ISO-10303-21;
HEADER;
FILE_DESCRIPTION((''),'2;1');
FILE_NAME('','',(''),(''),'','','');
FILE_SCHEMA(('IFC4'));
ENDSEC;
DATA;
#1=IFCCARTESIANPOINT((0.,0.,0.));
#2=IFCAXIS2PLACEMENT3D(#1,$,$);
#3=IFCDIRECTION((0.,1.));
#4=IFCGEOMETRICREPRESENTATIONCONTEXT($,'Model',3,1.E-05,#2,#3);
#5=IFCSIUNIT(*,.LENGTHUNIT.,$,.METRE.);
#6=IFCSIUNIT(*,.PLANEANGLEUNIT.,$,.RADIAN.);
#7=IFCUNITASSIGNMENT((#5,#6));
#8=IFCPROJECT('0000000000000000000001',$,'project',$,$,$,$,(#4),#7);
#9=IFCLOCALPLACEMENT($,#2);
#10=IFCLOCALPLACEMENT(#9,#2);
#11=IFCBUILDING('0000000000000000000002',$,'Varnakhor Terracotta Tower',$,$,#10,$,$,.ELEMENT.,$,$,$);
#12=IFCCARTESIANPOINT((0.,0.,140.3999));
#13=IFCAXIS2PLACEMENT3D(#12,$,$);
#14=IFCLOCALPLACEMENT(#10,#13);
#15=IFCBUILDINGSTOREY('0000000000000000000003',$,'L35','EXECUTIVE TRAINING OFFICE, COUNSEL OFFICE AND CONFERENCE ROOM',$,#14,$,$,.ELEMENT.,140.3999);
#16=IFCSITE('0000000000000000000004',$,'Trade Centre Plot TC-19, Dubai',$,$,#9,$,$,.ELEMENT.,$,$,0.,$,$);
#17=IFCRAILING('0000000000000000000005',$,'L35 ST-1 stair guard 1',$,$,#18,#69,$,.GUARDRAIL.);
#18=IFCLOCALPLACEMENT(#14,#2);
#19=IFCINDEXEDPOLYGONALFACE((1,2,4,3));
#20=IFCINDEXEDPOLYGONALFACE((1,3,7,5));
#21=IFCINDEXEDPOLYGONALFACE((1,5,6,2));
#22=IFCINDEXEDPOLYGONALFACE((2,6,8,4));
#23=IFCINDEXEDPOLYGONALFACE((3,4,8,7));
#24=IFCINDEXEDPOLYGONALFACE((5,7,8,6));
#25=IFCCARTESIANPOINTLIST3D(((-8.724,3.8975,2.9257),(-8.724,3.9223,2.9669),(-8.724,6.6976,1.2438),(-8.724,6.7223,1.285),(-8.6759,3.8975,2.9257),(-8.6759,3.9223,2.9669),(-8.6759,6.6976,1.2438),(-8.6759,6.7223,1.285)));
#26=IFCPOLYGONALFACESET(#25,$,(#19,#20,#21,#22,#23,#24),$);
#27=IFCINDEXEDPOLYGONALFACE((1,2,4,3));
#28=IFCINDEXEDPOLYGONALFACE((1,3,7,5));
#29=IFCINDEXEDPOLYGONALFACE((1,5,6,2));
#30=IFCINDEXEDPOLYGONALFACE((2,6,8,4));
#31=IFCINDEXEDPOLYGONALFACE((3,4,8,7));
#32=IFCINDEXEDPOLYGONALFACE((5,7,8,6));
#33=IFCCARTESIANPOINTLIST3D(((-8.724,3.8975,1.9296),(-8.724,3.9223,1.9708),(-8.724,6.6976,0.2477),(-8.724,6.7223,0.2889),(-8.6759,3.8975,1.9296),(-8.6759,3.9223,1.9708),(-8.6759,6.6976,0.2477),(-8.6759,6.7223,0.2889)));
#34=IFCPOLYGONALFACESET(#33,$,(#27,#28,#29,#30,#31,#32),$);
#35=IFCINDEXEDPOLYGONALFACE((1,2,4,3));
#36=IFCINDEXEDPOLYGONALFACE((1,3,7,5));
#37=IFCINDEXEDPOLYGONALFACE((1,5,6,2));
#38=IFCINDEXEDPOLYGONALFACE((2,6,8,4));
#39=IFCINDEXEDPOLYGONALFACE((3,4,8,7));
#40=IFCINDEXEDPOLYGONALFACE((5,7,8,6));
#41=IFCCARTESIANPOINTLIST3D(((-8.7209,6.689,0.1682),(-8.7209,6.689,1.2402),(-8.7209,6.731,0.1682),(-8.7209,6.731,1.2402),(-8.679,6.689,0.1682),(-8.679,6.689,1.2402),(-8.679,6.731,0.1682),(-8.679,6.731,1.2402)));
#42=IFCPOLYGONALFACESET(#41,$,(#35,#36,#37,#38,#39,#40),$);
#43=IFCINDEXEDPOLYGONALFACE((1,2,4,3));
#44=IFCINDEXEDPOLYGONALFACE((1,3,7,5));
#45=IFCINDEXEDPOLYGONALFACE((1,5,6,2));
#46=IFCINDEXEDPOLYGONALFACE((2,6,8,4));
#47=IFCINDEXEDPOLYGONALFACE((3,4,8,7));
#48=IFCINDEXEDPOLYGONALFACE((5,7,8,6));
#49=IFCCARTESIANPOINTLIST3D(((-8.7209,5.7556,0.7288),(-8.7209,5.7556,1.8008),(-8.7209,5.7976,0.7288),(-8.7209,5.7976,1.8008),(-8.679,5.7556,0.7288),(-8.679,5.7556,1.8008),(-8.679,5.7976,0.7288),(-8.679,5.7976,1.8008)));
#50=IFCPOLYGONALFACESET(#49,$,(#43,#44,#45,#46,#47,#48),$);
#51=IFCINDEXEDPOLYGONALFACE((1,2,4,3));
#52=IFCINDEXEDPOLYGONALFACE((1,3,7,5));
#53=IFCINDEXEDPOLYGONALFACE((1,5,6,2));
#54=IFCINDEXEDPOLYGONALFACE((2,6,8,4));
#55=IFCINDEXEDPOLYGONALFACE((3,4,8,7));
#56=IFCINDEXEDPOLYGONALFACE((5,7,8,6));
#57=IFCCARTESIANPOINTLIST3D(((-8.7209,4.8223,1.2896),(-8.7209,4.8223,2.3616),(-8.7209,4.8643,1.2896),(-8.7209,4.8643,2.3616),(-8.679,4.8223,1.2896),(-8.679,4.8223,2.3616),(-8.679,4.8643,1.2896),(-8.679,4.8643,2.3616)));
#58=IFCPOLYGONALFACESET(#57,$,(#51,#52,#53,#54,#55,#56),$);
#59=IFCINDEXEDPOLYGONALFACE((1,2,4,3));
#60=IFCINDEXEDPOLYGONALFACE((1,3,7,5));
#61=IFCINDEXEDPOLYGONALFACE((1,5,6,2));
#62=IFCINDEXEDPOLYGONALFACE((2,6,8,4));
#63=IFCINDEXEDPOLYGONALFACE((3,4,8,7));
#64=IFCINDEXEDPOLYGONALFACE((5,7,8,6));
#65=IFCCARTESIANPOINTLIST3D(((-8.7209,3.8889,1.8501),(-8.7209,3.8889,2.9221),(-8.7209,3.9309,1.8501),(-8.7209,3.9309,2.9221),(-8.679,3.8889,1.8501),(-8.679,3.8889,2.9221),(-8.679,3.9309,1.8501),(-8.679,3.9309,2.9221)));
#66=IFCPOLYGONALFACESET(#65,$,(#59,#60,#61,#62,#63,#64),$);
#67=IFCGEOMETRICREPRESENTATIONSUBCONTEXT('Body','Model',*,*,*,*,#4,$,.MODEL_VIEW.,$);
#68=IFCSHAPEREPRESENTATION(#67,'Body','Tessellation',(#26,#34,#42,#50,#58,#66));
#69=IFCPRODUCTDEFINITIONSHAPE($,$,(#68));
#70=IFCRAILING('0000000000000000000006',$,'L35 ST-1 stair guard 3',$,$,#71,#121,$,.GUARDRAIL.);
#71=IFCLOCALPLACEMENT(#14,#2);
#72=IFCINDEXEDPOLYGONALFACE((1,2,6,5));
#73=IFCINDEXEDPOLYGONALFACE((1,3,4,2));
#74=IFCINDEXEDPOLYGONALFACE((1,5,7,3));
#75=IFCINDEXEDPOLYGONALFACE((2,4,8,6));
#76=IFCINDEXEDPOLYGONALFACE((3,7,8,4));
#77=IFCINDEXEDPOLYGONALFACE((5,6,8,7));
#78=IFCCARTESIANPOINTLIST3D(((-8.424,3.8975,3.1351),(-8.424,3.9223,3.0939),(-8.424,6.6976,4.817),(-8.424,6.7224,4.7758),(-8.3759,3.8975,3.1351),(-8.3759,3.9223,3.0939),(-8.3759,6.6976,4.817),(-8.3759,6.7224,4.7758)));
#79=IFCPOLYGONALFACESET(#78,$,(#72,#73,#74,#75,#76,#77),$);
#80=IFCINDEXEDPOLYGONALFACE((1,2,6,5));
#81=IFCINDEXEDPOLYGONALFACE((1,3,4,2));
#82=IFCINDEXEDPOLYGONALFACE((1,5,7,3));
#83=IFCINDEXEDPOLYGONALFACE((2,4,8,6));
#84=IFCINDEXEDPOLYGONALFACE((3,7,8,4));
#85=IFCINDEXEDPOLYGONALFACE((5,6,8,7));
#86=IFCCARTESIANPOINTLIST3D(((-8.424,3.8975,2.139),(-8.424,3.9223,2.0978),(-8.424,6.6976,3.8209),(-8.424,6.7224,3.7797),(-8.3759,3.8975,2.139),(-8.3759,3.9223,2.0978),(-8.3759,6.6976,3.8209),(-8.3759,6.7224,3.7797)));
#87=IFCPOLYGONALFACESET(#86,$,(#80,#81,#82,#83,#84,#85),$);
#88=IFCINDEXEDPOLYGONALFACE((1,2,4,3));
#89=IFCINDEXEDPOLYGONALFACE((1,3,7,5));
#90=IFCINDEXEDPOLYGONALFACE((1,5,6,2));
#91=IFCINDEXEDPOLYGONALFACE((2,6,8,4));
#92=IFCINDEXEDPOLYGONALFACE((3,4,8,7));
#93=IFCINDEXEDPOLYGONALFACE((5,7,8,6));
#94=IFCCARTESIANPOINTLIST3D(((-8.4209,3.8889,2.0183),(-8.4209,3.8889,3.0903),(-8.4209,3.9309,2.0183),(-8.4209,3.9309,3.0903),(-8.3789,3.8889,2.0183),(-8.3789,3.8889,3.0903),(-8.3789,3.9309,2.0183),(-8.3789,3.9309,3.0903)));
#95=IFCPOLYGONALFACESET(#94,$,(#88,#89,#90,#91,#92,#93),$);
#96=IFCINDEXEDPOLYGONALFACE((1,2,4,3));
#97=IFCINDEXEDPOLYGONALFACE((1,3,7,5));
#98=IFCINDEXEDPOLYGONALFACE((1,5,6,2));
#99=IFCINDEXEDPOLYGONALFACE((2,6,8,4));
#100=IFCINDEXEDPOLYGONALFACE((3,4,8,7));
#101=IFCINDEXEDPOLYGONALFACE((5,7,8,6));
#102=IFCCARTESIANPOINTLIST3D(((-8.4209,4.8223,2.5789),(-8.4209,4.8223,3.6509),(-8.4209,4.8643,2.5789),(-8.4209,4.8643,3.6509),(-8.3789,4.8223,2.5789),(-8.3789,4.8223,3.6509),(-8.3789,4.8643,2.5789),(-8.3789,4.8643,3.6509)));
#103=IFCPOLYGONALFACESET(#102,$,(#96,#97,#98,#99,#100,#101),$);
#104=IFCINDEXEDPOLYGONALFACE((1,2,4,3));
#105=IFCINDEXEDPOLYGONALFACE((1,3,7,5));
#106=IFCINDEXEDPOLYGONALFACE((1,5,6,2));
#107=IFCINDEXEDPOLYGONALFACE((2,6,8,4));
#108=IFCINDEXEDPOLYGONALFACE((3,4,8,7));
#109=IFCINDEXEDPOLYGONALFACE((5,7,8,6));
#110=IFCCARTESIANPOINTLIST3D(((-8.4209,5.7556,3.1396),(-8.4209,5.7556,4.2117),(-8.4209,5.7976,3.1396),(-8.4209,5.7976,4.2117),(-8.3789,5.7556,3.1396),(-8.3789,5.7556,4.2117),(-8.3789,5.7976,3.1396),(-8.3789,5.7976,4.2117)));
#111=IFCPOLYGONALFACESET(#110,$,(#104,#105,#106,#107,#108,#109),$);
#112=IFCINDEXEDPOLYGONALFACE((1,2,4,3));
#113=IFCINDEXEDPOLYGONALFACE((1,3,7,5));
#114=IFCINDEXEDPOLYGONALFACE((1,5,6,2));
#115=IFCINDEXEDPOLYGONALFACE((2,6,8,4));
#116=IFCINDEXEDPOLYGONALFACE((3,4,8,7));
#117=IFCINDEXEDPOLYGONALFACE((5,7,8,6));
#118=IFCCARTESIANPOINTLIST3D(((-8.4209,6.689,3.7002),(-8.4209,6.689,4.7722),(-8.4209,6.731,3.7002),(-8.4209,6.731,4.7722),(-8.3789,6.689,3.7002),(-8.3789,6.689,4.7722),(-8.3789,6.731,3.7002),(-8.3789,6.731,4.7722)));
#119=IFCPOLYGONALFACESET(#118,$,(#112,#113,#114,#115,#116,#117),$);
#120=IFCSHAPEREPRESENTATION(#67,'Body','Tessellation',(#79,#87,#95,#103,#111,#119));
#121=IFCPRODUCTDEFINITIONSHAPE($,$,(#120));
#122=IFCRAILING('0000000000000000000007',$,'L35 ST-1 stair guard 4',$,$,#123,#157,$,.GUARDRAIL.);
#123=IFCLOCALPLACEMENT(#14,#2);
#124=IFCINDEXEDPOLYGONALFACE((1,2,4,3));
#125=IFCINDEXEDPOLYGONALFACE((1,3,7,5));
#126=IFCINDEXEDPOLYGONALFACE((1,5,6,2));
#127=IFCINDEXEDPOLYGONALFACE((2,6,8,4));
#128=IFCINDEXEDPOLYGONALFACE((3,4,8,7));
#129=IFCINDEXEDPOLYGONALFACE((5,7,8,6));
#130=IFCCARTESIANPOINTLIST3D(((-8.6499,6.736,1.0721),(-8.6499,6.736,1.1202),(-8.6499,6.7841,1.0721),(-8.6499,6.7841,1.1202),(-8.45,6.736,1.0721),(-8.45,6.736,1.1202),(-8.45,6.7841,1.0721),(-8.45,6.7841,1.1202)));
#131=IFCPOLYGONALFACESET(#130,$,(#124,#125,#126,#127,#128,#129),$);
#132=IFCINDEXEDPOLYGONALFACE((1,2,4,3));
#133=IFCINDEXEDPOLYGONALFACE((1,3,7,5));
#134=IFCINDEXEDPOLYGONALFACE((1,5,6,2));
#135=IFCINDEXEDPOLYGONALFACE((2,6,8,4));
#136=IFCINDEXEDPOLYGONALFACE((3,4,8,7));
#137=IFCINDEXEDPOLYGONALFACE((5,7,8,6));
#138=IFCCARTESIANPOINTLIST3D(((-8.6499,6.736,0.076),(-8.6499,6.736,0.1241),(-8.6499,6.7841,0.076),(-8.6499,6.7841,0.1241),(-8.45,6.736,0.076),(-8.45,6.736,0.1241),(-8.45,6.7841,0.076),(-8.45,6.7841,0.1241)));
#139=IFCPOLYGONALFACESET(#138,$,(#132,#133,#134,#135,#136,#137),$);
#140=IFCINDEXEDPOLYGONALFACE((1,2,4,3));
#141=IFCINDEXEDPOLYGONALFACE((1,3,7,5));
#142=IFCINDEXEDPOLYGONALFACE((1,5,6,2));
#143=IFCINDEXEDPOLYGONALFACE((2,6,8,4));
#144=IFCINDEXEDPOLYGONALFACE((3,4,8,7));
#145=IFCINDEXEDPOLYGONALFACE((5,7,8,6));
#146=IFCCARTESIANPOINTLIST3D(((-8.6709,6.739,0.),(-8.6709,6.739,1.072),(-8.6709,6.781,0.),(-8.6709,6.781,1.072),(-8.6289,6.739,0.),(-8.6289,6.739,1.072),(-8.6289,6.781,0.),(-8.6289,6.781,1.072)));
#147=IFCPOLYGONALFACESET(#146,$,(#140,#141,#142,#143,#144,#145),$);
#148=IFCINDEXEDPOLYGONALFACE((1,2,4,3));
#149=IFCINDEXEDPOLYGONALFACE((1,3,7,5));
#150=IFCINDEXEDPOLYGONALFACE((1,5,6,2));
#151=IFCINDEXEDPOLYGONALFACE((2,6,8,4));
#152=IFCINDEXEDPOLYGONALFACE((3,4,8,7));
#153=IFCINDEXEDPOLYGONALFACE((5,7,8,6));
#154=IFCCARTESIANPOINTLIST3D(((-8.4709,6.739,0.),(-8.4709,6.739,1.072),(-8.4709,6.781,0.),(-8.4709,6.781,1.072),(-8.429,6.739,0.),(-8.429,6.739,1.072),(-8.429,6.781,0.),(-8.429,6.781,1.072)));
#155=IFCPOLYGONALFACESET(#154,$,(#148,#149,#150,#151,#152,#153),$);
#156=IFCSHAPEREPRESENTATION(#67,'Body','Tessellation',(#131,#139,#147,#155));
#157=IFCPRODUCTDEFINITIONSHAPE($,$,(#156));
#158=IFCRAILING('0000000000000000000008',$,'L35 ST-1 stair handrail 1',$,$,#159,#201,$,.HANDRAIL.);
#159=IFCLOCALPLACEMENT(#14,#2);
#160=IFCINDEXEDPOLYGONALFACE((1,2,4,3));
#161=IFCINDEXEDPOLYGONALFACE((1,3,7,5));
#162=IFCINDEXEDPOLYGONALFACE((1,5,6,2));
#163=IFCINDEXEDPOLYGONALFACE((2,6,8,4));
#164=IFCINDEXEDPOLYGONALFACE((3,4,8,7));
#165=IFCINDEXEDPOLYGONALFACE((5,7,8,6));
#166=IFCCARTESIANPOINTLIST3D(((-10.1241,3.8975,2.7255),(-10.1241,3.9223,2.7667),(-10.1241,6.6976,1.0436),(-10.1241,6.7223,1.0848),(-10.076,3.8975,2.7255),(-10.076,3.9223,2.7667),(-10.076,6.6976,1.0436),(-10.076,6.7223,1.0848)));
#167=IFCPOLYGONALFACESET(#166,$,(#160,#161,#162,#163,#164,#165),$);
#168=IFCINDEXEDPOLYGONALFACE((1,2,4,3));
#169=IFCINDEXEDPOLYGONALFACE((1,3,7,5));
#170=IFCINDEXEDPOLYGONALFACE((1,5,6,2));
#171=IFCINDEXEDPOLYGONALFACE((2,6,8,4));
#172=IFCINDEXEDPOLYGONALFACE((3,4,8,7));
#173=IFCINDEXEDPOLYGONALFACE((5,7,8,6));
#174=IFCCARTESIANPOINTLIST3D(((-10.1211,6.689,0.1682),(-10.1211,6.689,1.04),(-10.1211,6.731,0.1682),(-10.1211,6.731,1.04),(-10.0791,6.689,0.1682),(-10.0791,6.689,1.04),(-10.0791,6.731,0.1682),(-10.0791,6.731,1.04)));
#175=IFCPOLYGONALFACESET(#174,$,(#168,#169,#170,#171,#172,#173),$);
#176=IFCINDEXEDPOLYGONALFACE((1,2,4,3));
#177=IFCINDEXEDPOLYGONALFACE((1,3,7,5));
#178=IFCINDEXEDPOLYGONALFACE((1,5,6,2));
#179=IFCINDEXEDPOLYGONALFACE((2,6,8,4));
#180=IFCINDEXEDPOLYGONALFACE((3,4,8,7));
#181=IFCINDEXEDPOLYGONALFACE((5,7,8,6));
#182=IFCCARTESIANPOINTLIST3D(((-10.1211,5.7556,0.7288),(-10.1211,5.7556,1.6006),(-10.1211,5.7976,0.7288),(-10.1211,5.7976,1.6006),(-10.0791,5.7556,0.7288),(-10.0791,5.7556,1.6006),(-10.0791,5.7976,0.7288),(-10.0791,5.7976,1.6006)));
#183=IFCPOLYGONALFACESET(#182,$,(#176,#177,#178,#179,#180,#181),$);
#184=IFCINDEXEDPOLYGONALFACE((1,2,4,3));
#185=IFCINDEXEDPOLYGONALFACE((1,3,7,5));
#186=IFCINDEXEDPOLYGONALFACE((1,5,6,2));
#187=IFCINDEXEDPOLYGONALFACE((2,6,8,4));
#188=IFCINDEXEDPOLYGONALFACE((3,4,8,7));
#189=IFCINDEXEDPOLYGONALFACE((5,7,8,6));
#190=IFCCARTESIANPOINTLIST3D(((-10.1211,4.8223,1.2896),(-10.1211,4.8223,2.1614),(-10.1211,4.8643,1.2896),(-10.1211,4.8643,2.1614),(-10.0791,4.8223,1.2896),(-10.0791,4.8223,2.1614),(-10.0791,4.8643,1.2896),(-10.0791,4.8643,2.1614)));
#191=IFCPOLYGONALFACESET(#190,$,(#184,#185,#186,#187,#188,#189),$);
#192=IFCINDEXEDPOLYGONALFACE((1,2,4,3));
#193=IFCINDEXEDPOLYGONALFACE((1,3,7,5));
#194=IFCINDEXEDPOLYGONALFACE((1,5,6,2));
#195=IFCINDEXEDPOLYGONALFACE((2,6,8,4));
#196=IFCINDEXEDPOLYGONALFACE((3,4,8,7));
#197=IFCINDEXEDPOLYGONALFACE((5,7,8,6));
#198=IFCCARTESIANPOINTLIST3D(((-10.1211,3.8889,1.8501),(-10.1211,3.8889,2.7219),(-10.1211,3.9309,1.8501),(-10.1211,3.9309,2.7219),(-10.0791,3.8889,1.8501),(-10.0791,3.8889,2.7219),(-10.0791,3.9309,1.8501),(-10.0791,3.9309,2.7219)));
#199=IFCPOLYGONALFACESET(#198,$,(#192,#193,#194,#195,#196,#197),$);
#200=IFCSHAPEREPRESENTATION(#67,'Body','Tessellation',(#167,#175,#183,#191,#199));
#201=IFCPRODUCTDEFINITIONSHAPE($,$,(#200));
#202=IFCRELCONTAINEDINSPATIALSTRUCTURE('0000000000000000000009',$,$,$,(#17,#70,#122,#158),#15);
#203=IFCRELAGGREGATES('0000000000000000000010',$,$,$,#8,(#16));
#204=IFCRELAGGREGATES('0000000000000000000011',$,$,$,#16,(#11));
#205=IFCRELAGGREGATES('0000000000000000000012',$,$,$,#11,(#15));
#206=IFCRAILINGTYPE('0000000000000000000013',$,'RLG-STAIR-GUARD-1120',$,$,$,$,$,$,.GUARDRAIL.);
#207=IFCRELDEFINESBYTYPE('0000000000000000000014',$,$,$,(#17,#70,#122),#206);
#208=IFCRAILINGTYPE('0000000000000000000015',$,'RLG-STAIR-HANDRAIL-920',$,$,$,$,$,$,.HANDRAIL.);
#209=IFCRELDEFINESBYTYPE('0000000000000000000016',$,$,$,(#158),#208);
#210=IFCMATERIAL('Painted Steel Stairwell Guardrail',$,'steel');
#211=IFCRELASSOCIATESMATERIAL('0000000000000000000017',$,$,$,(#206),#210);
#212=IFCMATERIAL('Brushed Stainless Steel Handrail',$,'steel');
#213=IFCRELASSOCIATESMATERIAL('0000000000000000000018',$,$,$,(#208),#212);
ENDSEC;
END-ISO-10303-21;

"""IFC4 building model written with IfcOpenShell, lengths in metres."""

from ifc_helpers import new_model, si_unit, direction, frame, origin, origin_2d, place, context, subcontext, project, spatial, rectangle, extrude, material, type_object, element, save


model = new_model("IFC4")

# Units and contexts
model_context = context("Model", 3, precision=1e-05, world=origin(), true_north=direction((0.0, 1.0)))
body_context = subcontext(model_context, "Body", "Model", "MODEL_VIEW")
ifc_project = project(units=[si_unit("LENGTHUNIT", "METRE"), si_unit("PLANEANGLEUNIT", "RADIAN")], contexts=[model_context])

# Site, building, storey
site_placement = place(None, origin())
site = spatial("IfcSite", under=ifc_project, at=site_placement, Name="Trade Centre Plot TC-19, Dubai", CompositionType="ELEMENT", RefElevation=0.0)
building_placement = place(site_placement, origin())
building = spatial("IfcBuilding", under=site, at=building_placement, Name="Varnakhor Terracotta Tower", CompositionType="ELEMENT")
storey_placement = place(building_placement, frame((0.0, 0.0, 140.3999)))
storey = spatial("IfcBuildingStorey", under=building, at=storey_placement, Name="L35", Description="EXECUTIVE TRAINING OFFICE, COUNSEL OFFICE AND CONFERENCE ROOM", CompositionType="ELEMENT", Elevation=140.3999)

# Railings
ifc_material_1 = material(Name="Painted Steel Stairwell Guardrail", Category="steel")
railing_type_1 = type_object("IfcRailingType", Name="RLG-STAIR-GUARD-1120", PredefinedType="GUARDRAIL", material=ifc_material_1)
railing_1_placement = place(storey_placement, frame((-8.7, 6.71, 0.1682)))
element("IfcRailing", 1, at=railing_1_placement, inside=storey, type_object=railing_type_1, Name="L35 ST-1 stair guard 1", PredefinedType="GUARDRAIL", context=body_context, shape_type="SweptSolid", body=[
    extrude(rectangle(XDim=0.0481, YDim=0.0481, at=origin_2d()), frame((0.0, 0.0, 1.0962), z_axis=(0.0, -0.857242, 0.514913), x_axis=(1.0, 0.0, 0.0)), (0.0, 0.0, 1.0), 3.2664),
    extrude(rectangle(XDim=0.0481, YDim=0.0481, at=origin_2d()), frame((0.0, 0.0, 0.1001), z_axis=(0.0, -0.857242, 0.514913), x_axis=(1.0, 0.0, 0.0)), (0.0, 0.0, 1.0), 3.2664),
    extrude(rectangle(XDim=0.042, YDim=0.042, at=origin_2d()), origin(), (0.0, 0.0, 1.0), 1.072),
    extrude(rectangle(XDim=0.042, YDim=0.042, at=origin_2d()), frame((0.0, -0.9333, 0.5605)), (0.0, 0.0, 1.0), 1.072),
    extrude(rectangle(XDim=0.042, YDim=0.042, at=origin_2d()), frame((0.0, -1.8667, 1.1213)), (0.0, 0.0, 1.0), 1.072),
    extrude(rectangle(XDim=0.042, YDim=0.042, at=origin_2d()), frame((0.0, -2.8, 1.6819)), (0.0, 0.0, 1.0), 1.072),
])
railing_2_placement = place(storey_placement, frame((-8.3999, 3.9099, 2.0183)))
element("IfcRailing", 2, at=railing_2_placement, inside=storey, type_object=railing_type_1, Name="L35 ST-1 stair guard 3", PredefinedType="GUARDRAIL", context=body_context, shape_type="SweptSolid", body=[
    extrude(rectangle(XDim=0.0481, YDim=0.0481, at=origin_2d()), frame((0.0, 0.0, 1.0962), z_axis=(0.0, 0.857242, 0.514913), x_axis=(-1.0, 0.0, 0.0)), (0.0, 0.0, 1.0), 3.2664),
    extrude(rectangle(XDim=0.0481, YDim=0.0481, at=origin_2d()), frame((0.0, 0.0, 0.1001), z_axis=(0.0, 0.857242, 0.514913), x_axis=(-1.0, 0.0, 0.0)), (0.0, 0.0, 1.0), 3.2664),
    extrude(rectangle(XDim=0.042, YDim=0.042, at=origin_2d()), origin(), (0.0, 0.0, 1.0), 1.072),
    extrude(rectangle(XDim=0.042, YDim=0.042, at=origin_2d()), frame((0.0, 0.9333, 0.5605)), (0.0, 0.0, 1.0), 1.072),
    extrude(rectangle(XDim=0.042, YDim=0.042, at=origin_2d()), frame((0.0, 1.8667, 1.1213)), (0.0, 0.0, 1.0), 1.072),
    extrude(rectangle(XDim=0.042, YDim=0.042, at=origin_2d()), frame((0.0, 2.8, 1.6819)), (0.0, 0.0, 1.0), 1.072),
])
railing_3_placement = place(storey_placement, frame((-8.6499, 6.76, 0.0)))
element("IfcRailing", 3, at=railing_3_placement, inside=storey, type_object=railing_type_1, Name="L35 ST-1 stair guard 4", PredefinedType="GUARDRAIL", context=body_context, shape_type="SweptSolid", body=[
    extrude(rectangle(XDim=0.0481, YDim=0.0481, at=origin_2d()), frame((0.0, 0.0, 1.0962), z_axis=(1.0, 0.0, 0.0), x_axis=(0.0, 1.0, 0.0)), (0.0, 0.0, 1.0), 0.2),
    extrude(rectangle(XDim=0.0481, YDim=0.0481, at=origin_2d()), frame((0.0, 0.0, 0.1001), z_axis=(1.0, 0.0, 0.0), x_axis=(0.0, 1.0, 0.0)), (0.0, 0.0, 1.0), 0.2),
    extrude(rectangle(XDim=0.042, YDim=0.042, at=origin_2d()), origin(), (0.0, 0.0, 1.0), 1.072),
    extrude(rectangle(XDim=0.042, YDim=0.042, at=origin_2d()), frame((0.2, 0.0, 0.0)), (0.0, 0.0, 1.0), 1.072),
])
ifc_material_2 = material(Name="Brushed Stainless Steel Handrail", Category="steel")
railing_type_2 = type_object("IfcRailingType", Name="RLG-STAIR-HANDRAIL-920", PredefinedType="HANDRAIL", material=ifc_material_2)
railing_4_placement = place(storey_placement, frame((-10.1001, 6.71, 0.1682)))
element("IfcRailing", 4, at=railing_4_placement, inside=storey, type_object=railing_type_2, Name="L35 ST-1 stair handrail 1", PredefinedType="HANDRAIL", context=body_context, shape_type="SweptSolid", body=[
    extrude(rectangle(XDim=0.0481, YDim=0.0481, at=origin_2d()), frame((0.0, 0.0, 0.896), z_axis=(0.0, -0.857242, 0.514913), x_axis=(1.0, 0.0, 0.0)), (0.0, 0.0, 1.0), 3.2664),
    extrude(rectangle(XDim=0.042, YDim=0.042, at=origin_2d()), origin(), (0.0, 0.0, 1.0), 0.8718),
    extrude(rectangle(XDim=0.042, YDim=0.042, at=origin_2d()), frame((0.0, -0.9333, 0.5605)), (0.0, 0.0, 1.0), 0.8718),
    extrude(rectangle(XDim=0.042, YDim=0.042, at=origin_2d()), frame((0.0, -1.8667, 1.1213)), (0.0, 0.0, 1.0), 0.8718),
    extrude(rectangle(XDim=0.042, YDim=0.042, at=origin_2d()), frame((0.0, -2.8, 1.6819)), (0.0, 0.0, 1.0), 0.8718),
])

save(model, "model.ifc")
